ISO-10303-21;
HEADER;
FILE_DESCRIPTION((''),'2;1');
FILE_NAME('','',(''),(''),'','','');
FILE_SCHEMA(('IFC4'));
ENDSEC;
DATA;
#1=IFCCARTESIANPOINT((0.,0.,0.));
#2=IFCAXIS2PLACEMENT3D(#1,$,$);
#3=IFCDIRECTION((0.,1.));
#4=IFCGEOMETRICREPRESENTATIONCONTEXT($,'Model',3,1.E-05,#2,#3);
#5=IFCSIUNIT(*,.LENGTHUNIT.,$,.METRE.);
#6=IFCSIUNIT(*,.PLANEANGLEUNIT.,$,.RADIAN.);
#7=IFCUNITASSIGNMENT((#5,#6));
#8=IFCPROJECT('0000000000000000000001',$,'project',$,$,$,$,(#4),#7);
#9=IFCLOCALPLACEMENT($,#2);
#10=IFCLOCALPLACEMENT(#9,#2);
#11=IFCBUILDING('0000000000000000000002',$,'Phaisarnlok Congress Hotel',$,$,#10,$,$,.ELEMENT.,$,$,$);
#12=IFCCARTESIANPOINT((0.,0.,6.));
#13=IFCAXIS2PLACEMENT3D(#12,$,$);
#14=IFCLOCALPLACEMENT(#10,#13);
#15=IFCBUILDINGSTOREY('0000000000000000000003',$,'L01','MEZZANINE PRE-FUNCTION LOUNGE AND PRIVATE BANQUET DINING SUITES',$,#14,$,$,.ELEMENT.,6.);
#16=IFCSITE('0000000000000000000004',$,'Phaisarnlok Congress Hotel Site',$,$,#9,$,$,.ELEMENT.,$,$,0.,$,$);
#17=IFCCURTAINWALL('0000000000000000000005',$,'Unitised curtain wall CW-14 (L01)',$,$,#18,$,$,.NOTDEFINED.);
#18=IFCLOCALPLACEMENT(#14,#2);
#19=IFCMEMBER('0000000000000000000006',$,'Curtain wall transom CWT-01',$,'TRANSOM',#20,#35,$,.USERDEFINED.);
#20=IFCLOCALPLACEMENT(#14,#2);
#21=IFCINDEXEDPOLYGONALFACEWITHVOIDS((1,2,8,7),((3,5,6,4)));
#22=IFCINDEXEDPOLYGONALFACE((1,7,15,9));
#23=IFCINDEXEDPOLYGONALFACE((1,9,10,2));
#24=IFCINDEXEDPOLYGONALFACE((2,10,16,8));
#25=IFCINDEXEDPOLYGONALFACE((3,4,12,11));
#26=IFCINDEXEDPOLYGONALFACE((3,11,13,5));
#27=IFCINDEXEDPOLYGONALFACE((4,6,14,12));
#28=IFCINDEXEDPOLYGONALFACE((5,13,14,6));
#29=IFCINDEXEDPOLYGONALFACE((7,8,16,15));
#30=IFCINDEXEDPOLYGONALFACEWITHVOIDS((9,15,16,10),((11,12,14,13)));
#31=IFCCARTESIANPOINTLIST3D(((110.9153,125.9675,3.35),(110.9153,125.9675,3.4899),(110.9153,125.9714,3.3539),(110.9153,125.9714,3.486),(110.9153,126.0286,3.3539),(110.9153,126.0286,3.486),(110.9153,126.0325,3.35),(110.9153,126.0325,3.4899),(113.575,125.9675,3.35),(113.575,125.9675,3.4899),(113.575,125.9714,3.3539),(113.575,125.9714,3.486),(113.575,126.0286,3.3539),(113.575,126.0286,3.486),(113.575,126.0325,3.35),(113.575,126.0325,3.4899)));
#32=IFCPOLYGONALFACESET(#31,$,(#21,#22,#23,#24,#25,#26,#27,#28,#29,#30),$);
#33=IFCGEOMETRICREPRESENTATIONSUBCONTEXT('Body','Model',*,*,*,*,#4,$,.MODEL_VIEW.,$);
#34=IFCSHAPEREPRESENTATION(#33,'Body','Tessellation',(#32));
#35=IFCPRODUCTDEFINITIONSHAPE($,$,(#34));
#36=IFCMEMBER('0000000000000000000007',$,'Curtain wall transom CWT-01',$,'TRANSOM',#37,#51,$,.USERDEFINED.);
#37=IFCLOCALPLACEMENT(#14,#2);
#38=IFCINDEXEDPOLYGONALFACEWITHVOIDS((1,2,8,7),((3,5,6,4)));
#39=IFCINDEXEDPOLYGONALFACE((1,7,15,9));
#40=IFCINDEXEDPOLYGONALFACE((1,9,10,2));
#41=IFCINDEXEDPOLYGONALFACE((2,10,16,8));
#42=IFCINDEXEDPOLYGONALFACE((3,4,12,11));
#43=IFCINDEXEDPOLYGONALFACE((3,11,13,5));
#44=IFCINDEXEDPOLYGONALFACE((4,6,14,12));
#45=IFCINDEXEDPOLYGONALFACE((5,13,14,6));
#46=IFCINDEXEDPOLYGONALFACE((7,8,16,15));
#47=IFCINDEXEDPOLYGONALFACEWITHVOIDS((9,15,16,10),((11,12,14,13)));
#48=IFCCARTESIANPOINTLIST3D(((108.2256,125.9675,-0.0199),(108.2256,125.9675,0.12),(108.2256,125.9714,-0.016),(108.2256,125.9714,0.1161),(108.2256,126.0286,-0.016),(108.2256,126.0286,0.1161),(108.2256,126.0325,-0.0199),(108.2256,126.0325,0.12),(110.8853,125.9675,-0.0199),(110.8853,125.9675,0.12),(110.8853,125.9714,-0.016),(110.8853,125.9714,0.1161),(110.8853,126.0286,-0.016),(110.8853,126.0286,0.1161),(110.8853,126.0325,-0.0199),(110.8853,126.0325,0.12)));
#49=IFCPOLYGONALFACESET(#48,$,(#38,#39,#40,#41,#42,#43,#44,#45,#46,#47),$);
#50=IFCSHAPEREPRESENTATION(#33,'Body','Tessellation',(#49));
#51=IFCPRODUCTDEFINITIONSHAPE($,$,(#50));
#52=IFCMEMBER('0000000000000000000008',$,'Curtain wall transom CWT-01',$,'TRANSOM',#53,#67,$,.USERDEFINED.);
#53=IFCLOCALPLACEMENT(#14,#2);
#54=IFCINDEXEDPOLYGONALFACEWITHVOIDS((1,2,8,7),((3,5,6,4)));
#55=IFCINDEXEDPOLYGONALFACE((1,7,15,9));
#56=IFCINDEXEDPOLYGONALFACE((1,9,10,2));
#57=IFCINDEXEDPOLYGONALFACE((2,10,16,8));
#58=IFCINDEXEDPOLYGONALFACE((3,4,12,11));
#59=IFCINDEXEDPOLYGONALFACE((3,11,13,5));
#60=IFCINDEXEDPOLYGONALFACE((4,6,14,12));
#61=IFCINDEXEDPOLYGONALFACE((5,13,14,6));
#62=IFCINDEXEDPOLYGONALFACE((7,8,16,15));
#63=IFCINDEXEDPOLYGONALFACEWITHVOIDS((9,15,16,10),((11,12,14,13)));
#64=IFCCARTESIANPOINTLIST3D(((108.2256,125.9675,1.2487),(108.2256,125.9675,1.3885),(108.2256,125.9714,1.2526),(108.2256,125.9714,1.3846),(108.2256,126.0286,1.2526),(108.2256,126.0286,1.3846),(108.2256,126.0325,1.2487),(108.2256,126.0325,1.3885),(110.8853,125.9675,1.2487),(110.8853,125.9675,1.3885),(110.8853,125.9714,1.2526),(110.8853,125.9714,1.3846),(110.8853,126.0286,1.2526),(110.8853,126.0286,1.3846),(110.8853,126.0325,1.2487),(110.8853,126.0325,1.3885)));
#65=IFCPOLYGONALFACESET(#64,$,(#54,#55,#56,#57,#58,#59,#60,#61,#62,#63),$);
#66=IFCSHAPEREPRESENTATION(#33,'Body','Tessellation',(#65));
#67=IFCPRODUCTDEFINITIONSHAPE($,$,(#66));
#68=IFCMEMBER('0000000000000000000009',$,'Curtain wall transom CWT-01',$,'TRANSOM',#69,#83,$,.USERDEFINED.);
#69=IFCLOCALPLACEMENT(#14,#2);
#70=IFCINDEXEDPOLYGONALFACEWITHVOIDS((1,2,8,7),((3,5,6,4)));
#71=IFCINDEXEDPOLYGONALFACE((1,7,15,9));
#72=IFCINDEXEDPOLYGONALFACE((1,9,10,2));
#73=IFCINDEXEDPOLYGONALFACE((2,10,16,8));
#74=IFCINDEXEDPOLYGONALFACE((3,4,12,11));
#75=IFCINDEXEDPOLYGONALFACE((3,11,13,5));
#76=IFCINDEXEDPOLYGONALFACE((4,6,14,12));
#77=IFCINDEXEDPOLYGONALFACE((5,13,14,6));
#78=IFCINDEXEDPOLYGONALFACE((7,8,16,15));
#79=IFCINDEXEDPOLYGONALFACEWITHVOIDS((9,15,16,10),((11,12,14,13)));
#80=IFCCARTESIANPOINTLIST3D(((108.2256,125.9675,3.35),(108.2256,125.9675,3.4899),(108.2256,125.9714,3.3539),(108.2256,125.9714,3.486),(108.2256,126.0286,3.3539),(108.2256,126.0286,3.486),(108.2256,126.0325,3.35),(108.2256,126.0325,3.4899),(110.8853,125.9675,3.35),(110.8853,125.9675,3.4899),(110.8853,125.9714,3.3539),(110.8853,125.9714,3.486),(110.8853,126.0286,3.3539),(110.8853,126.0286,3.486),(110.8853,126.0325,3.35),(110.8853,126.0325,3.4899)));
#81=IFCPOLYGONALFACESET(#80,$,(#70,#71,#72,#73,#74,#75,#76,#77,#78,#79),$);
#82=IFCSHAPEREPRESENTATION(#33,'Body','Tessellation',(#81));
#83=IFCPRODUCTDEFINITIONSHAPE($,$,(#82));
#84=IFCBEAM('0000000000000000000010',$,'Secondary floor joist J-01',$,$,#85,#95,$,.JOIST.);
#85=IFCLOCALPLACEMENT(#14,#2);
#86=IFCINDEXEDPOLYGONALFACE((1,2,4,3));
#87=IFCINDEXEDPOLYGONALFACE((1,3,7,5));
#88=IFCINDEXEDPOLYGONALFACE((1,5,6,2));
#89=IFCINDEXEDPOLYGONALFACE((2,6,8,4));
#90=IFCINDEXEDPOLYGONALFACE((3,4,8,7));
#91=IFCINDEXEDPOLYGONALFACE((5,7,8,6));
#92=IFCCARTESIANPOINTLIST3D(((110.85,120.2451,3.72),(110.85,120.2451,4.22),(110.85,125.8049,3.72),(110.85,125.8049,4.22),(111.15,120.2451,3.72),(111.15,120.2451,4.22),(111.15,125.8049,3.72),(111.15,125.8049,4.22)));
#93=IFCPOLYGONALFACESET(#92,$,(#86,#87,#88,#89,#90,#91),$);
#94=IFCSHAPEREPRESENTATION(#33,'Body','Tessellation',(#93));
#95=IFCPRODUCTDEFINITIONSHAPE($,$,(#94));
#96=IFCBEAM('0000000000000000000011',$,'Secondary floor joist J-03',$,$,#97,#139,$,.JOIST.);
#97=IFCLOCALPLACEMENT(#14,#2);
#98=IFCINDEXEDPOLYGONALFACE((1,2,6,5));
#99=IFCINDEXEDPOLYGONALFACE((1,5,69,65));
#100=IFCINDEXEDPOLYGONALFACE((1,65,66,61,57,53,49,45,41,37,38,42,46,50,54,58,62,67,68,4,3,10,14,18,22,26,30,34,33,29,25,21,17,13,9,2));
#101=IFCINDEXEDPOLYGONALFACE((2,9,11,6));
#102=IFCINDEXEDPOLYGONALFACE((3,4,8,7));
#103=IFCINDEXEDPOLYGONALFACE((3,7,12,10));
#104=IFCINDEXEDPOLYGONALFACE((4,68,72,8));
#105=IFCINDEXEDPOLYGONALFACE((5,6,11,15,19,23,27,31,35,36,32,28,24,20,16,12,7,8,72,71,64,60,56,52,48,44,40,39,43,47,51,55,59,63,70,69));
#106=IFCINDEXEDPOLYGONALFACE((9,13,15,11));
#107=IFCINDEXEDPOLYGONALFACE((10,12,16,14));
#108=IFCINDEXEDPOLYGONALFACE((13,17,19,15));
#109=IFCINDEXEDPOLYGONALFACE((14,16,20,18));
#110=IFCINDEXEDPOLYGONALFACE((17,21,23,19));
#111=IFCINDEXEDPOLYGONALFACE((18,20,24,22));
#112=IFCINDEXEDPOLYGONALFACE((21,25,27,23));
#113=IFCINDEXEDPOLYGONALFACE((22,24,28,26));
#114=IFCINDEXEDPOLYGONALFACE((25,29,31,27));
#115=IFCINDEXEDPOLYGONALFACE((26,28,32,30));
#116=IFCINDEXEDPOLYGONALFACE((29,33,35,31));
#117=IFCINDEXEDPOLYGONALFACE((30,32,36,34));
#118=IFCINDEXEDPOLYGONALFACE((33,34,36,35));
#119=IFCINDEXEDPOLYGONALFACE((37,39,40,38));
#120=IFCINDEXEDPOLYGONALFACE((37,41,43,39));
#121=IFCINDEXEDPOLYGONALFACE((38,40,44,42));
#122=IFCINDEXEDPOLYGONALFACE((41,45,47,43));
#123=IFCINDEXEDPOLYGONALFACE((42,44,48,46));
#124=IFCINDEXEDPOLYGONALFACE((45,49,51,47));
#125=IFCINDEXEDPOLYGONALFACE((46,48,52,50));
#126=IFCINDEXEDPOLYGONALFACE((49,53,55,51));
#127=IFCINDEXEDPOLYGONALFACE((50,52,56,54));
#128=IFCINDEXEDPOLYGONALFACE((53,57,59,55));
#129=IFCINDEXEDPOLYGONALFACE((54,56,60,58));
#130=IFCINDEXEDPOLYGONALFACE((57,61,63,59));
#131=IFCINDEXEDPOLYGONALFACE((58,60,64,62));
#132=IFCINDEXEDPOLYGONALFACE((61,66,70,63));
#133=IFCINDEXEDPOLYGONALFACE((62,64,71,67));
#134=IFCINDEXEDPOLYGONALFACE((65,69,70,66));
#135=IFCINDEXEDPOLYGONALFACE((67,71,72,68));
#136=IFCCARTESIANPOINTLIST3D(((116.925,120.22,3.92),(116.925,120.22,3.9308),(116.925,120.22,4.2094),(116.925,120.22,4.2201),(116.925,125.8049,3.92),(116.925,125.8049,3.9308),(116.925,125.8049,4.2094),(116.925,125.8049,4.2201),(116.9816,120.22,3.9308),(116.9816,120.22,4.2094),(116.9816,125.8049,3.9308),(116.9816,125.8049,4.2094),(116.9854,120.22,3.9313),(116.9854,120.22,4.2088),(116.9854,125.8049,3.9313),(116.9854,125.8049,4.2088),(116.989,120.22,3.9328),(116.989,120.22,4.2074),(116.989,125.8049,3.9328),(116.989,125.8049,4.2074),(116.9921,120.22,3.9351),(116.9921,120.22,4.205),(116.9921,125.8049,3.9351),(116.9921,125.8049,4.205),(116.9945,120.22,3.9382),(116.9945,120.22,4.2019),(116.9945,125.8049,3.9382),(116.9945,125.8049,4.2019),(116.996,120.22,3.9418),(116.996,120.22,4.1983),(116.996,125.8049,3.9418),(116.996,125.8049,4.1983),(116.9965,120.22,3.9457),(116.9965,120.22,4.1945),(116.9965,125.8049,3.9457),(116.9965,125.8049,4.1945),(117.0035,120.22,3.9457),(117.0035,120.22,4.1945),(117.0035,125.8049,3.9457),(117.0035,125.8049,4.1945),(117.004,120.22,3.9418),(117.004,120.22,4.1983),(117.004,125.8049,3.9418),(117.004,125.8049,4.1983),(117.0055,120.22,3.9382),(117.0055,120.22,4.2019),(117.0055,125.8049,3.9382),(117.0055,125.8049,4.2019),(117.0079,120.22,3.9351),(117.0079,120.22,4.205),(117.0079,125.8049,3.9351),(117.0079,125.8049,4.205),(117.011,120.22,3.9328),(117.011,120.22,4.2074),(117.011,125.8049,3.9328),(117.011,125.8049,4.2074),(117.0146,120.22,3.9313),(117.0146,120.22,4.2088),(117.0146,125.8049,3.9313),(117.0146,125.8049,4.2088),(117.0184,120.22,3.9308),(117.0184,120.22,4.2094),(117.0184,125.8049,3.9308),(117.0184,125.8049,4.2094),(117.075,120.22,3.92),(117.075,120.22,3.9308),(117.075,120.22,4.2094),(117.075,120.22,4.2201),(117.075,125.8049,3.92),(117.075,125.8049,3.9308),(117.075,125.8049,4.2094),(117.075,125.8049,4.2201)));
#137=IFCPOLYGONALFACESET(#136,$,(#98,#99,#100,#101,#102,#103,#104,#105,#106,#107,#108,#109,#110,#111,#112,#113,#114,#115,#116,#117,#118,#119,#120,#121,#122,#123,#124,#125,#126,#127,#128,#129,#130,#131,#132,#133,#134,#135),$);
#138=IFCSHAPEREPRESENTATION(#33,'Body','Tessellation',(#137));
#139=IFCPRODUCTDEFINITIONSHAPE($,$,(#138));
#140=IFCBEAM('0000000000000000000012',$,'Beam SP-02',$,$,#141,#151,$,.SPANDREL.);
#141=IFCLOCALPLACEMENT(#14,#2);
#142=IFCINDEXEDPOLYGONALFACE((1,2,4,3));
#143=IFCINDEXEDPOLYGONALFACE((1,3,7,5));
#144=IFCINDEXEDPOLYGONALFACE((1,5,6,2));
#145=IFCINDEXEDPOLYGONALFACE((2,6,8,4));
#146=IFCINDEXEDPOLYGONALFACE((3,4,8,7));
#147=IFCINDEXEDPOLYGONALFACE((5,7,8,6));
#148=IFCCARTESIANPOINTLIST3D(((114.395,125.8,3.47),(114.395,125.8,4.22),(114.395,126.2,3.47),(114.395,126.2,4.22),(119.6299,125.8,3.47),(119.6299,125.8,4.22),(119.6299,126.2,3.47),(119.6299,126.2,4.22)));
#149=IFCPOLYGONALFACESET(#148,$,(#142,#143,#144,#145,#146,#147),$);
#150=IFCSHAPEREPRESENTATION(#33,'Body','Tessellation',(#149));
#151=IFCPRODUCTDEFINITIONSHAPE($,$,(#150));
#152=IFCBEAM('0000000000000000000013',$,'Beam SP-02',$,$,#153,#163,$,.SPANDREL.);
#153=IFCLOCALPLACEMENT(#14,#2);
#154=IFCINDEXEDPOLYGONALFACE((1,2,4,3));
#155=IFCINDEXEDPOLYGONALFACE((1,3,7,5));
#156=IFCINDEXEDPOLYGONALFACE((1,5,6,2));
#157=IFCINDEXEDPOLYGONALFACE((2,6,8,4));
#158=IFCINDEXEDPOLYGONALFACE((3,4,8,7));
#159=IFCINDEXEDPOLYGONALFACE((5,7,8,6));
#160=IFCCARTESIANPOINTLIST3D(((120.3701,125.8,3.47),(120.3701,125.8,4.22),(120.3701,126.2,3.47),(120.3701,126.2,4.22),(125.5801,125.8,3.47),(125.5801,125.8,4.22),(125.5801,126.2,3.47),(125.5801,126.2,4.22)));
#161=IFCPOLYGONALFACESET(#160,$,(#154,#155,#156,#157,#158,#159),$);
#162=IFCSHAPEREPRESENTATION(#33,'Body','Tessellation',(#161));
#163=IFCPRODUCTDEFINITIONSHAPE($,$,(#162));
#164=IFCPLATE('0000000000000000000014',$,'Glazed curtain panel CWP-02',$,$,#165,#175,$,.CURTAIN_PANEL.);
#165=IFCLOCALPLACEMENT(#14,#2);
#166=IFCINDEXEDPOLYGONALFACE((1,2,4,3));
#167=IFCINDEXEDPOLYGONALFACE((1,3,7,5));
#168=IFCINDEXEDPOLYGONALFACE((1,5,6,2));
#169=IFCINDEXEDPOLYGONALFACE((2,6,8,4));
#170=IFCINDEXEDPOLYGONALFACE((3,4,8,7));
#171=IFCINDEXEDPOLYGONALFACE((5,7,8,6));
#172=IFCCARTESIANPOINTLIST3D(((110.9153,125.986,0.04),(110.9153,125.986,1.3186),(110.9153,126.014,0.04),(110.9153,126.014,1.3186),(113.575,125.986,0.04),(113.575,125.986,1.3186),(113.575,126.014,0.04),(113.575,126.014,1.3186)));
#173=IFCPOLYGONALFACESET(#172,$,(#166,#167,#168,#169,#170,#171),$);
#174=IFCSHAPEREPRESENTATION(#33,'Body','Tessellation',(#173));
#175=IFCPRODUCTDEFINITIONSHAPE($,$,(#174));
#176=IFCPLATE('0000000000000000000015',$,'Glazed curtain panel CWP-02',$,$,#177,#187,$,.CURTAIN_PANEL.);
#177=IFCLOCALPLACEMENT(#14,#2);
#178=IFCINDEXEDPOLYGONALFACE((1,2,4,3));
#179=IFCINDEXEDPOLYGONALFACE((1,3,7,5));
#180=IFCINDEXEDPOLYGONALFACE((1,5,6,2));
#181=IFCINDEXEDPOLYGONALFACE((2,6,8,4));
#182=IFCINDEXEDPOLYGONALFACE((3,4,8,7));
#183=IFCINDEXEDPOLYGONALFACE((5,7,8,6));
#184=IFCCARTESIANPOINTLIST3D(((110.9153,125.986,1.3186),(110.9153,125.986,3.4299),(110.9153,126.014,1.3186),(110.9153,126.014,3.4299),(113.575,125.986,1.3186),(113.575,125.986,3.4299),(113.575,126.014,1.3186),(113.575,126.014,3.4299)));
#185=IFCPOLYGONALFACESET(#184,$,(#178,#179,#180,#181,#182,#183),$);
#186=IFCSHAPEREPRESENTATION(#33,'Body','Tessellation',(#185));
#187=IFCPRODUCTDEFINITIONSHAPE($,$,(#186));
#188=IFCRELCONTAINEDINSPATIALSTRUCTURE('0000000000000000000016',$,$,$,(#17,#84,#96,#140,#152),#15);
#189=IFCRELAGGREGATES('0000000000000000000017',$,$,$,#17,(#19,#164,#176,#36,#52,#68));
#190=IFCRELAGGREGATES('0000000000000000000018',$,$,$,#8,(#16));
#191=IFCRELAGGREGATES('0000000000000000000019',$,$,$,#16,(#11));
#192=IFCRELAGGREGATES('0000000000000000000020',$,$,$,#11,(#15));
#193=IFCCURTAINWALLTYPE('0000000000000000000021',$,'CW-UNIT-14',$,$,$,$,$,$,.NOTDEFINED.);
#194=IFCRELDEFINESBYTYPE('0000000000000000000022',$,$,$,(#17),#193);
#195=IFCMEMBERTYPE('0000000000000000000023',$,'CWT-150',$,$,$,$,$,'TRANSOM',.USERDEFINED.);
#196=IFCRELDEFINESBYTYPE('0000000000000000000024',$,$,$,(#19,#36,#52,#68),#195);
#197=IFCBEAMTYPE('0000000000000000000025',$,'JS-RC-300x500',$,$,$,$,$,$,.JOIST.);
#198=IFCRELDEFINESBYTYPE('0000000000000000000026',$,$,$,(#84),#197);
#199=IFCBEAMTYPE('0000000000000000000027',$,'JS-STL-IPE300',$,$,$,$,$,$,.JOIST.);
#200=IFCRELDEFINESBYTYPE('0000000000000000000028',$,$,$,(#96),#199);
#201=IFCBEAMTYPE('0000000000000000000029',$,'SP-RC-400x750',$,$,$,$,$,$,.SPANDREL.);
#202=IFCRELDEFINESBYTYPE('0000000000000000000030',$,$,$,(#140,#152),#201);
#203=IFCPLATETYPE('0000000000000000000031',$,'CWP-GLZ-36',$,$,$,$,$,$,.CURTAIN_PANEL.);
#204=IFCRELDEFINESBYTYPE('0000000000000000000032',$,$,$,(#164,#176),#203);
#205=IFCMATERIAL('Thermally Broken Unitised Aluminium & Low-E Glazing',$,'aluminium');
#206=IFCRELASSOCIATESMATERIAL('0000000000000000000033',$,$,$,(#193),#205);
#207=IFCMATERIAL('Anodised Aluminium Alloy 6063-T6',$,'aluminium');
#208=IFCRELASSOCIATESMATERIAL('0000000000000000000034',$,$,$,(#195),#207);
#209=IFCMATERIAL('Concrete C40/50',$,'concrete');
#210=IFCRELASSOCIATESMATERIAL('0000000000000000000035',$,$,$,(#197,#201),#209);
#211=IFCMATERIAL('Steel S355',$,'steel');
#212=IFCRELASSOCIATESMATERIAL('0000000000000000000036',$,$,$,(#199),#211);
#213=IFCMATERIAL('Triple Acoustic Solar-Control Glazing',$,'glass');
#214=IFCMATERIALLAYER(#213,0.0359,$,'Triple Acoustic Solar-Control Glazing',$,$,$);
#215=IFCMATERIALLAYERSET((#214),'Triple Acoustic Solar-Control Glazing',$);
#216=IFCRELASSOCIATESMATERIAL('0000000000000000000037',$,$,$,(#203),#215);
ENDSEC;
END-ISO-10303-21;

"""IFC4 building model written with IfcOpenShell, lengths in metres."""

from ifc_helpers import new_model, si_unit, direction, frame, frame_2d, origin, origin_2d, place, context, subcontext, project, spatial, rectangle, hollow_rectangle, i_section, extrude, material, layer, layer_set, material_profile, profile_set, type_object, element, aggregate, save


model = new_model("IFC4")

# Units and contexts
model_context = context("Model", 3, precision=1e-05, world=origin(), true_north=direction((0.0, 1.0)))
body_context = subcontext(model_context, "Body", "Model", "MODEL_VIEW")
ifc_project = project(units=[si_unit("LENGTHUNIT", "METRE"), si_unit("PLANEANGLEUNIT", "RADIAN")], contexts=[model_context])

# Site, building, storey
site_placement = place(None, origin())
site = spatial("IfcSite", under=ifc_project, at=site_placement, Name="Phaisarnlok Congress Hotel Site", CompositionType="ELEMENT", RefElevation=0.0)
building_placement = place(site_placement, origin())
building = spatial("IfcBuilding", under=site, at=building_placement, Name="Phaisarnlok Congress Hotel", CompositionType="ELEMENT")
storey_placement = place(building_placement, frame((0.0, 0.0, 6.0)))
storey = spatial("IfcBuildingStorey", under=building, at=storey_placement, Name="L01", Description="MEZZANINE PRE-FUNCTION LOUNGE AND PRIVATE BANQUET DINING SUITES", CompositionType="ELEMENT", Elevation=6.0)

# Shared definitions
ifc_material_1 = material(Name="Concrete C40/50", Category="concrete")

# Shared definitions
ifc_material_2 = material(Name="Thermally Broken Unitised Aluminium & Low-E Glazing", Category="aluminium")
ifc_material_3 = material(Name="Anodised Aluminium Alloy 6063-T6", Category="aluminium")

# Curtain wall, members
curtain_wall_type_1 = type_object("IfcCurtainWallType", Name="CW-UNIT-14", PredefinedType="NOTDEFINED", material=ifc_material_2)
curtain_wall_1_placement = place(storey_placement, origin())
curtain_wall_1 = element("IfcCurtainWall", 1, at=curtain_wall_1_placement, inside=storey, type_object=curtain_wall_type_1, Name="Unitised curtain wall CW-14 (L01)", PredefinedType="NOTDEFINED")
ifc_material_profile_1 = material_profile(ifc_material_3, hollow_rectangle(XDim=0.0649, YDim=0.1399, WallThickness=0.0039, at=origin_2d()), Name="ALU-T 65x140x4")
ifc_profile_set_1 = profile_set([ifc_material_profile_1], Name="Anodised Aluminium Alloy 6063-T6")
member_type_1 = type_object("IfcMemberType", Name="CWT-150", ElementType="TRANSOM", PredefinedType="USERDEFINED", material=ifc_profile_set_1)
member_1_placement = place(storey_placement, frame((113.575, 126.0, 3.4199), z_axis=(-1.0, 0.0, 0.0), x_axis=(0.0, -1.0, 0.0)))
member_1 = element("IfcMember", 2, at=member_1_placement, type_object=member_type_1, Name="Curtain wall transom CWT-01", ObjectType="TRANSOM", PredefinedType="USERDEFINED", context=body_context, shape_type="SweptSolid", body=[
    extrude(hollow_rectangle(XDim=0.0649, YDim=0.1399, WallThickness=0.0039, at=origin_2d()), origin(), (0.0, 0.0, 1.0), 2.6597),
])
member_2_placement = place(storey_placement, frame((110.8853, 126.0, 0.05), z_axis=(-1.0, 0.0, 0.0), x_axis=(0.0, -1.0, 0.0)))
member_2 = element("IfcMember", 3, at=member_2_placement, type_object=member_type_1, Name="Curtain wall transom CWT-01", ObjectType="TRANSOM", PredefinedType="USERDEFINED", context=body_context, shape_type="SweptSolid", body=[
    extrude(hollow_rectangle(XDim=0.0649, YDim=0.1399, WallThickness=0.0039, at=origin_2d()), origin(), (0.0, 0.0, 1.0), 2.6597),
])
member_3_placement = place(storey_placement, frame((110.8853, 126.0, 1.3186), z_axis=(-1.0, 0.0, 0.0), x_axis=(0.0, -1.0, 0.0)))
member_3 = element("IfcMember", 4, at=member_3_placement, type_object=member_type_1, Name="Curtain wall transom CWT-01", ObjectType="TRANSOM", PredefinedType="USERDEFINED", context=body_context, shape_type="SweptSolid", body=[
    extrude(hollow_rectangle(XDim=0.0649, YDim=0.1399, WallThickness=0.0039, at=origin_2d()), origin(), (0.0, 0.0, 1.0), 2.6597),
])
member_4_placement = place(storey_placement, frame((110.8853, 126.0, 3.4199), z_axis=(-1.0, 0.0, 0.0), x_axis=(0.0, -1.0, 0.0)))
member_4 = element("IfcMember", 5, at=member_4_placement, type_object=member_type_1, Name="Curtain wall transom CWT-01", ObjectType="TRANSOM", PredefinedType="USERDEFINED", context=body_context, shape_type="SweptSolid", body=[
    extrude(hollow_rectangle(XDim=0.0649, YDim=0.1399, WallThickness=0.0039, at=origin_2d()), origin(), (0.0, 0.0, 1.0), 2.6597),
])

# Beams
ifc_material_profile_2 = material_profile(ifc_material_1, rectangle(XDim=0.3, YDim=0.5, at=origin_2d()), Name="RC 300x500")
ifc_profile_set_2 = profile_set([ifc_material_profile_2], Name="Concrete C40/50")
beam_type_1 = type_object("IfcBeamType", Name="JS-RC-300x500", PredefinedType="JOIST", material=ifc_profile_set_2)
beam_1_placement = place(storey_placement, frame((111.0, 120.2451, 3.97), z_axis=(0.0, 1.0, 0.0), x_axis=(-1.0, 0.0, 0.0)))
element("IfcBeam", 6, at=beam_1_placement, inside=storey, type_object=beam_type_1, Name="Secondary floor joist J-01", PredefinedType="JOIST", context=body_context, shape_type="SweptSolid", body=[
    extrude(rectangle(XDim=0.3, YDim=0.5, at=origin_2d()), origin(), (0.0, 0.0, 1.0), 5.5598),
])
ifc_material_4 = material(Name="Steel S355", Category="steel")
ifc_material_profile_3 = material_profile(ifc_material_4, i_section(OverallWidth=0.1499, OverallDepth=0.3, WebThickness=0.0071, FlangeThickness=0.0107, FilletRadius=0.0149, at=origin_2d()), Name="IPE 300")
ifc_profile_set_3 = profile_set([ifc_material_profile_3], Name="Steel S355")
beam_type_2 = type_object("IfcBeamType", Name="JS-STL-IPE300", PredefinedType="JOIST", material=ifc_profile_set_3)
beam_2_placement = place(storey_placement, frame((117.0, 120.22, 4.0701), z_axis=(0.0, 1.0, 0.0), x_axis=(-1.0, 0.0, 0.0)))
element("IfcBeam", 7, at=beam_2_placement, inside=storey, type_object=beam_type_2, Name="Secondary floor joist J-03", PredefinedType="JOIST", context=body_context, shape_type="SweptSolid", body=[
    extrude(i_section(OverallWidth=0.1499, OverallDepth=0.3, WebThickness=0.0071, FlangeThickness=0.0107, FilletRadius=0.0149, at=origin_2d()), origin(), (0.0, 0.0, 1.0), 5.585),
])
ifc_material_profile_4 = material_profile(ifc_material_1, rectangle(XDim=0.3999, YDim=0.75, at=origin_2d()), Name="RC 400x750")
ifc_profile_set_4 = profile_set([ifc_material_profile_4], Name="Concrete C40/50")
beam_type_3 = type_object("IfcBeamType", Name="SP-RC-400x750", PredefinedType="SPANDREL", material=ifc_profile_set_4)
beam_3_placement = place(storey_placement, frame((114.395, 126.0, 3.845), z_axis=(1.0, 0.0, 0.0), x_axis=(0.0, 1.0, 0.0)))
element("IfcBeam", 8, at=beam_3_placement, inside=storey, type_object=beam_type_3, Name="Beam SP-02", PredefinedType="SPANDREL", context=body_context, shape_type="SweptSolid", body=[
    extrude(rectangle(XDim=0.3999, YDim=0.75, at=origin_2d()), origin(), (0.0, 0.0, 1.0), 5.2349),
])
beam_4_placement = place(storey_placement, frame((120.3701, 126.0, 3.845), z_axis=(1.0, 0.0, 0.0), x_axis=(0.0, 1.0, 0.0)))
element("IfcBeam", 9, at=beam_4_placement, inside=storey, type_object=beam_type_3, Name="Beam SP-02", PredefinedType="SPANDREL", context=body_context, shape_type="SweptSolid", body=[
    extrude(rectangle(XDim=0.3999, YDim=0.75, at=origin_2d()), origin(), (0.0, 0.0, 1.0), 5.21),
])

# Plates
ifc_material_5 = material(Name="Triple Acoustic Solar-Control Glazing", Category="glass")
ifc_layer_1 = layer(ifc_material_5, 0.0359, Name="Triple Acoustic Solar-Control Glazing")
ifc_layer_set_1 = layer_set([ifc_layer_1], Name="Triple Acoustic Solar-Control Glazing")
plate_type = type_object("IfcPlateType", Name="CWP-GLZ-36", PredefinedType="CURTAIN_PANEL", material=ifc_layer_set_1)
plate_1_placement = place(storey_placement, frame((113.575, 126.0, 0.04), z_axis=(0.0, 0.0, 1.0), x_axis=(-1.0, 0.0, 0.0)))
plate_1 = element("IfcPlate", 10, at=plate_1_placement, type_object=plate_type, Name="Glazed curtain panel CWP-02", PredefinedType="CURTAIN_PANEL", context=body_context, shape_type="SweptSolid", body=[
    extrude(rectangle(XDim=2.6597, YDim=0.0281, at=frame_2d((1.3298, 0.0))), origin(), (0.0, 0.0, 1.0), 1.2786),
])
plate_2_placement = place(storey_placement, frame((113.575, 126.0, 1.3186), z_axis=(0.0, 0.0, 1.0), x_axis=(-1.0, 0.0, 0.0)))
plate_2 = element("IfcPlate", 11, at=plate_2_placement, type_object=plate_type, Name="Glazed curtain panel CWP-02", PredefinedType="CURTAIN_PANEL", context=body_context, shape_type="SweptSolid", body=[
    extrude(rectangle(XDim=2.6597, YDim=0.0281, at=frame_2d((1.3298, 0.0))), origin(), (0.0, 0.0, 1.0), 2.1113),
])
aggregate(curtain_wall_1, [member_1, plate_1, plate_2, member_2, member_3, member_4])

save(model, "model.ifc")
